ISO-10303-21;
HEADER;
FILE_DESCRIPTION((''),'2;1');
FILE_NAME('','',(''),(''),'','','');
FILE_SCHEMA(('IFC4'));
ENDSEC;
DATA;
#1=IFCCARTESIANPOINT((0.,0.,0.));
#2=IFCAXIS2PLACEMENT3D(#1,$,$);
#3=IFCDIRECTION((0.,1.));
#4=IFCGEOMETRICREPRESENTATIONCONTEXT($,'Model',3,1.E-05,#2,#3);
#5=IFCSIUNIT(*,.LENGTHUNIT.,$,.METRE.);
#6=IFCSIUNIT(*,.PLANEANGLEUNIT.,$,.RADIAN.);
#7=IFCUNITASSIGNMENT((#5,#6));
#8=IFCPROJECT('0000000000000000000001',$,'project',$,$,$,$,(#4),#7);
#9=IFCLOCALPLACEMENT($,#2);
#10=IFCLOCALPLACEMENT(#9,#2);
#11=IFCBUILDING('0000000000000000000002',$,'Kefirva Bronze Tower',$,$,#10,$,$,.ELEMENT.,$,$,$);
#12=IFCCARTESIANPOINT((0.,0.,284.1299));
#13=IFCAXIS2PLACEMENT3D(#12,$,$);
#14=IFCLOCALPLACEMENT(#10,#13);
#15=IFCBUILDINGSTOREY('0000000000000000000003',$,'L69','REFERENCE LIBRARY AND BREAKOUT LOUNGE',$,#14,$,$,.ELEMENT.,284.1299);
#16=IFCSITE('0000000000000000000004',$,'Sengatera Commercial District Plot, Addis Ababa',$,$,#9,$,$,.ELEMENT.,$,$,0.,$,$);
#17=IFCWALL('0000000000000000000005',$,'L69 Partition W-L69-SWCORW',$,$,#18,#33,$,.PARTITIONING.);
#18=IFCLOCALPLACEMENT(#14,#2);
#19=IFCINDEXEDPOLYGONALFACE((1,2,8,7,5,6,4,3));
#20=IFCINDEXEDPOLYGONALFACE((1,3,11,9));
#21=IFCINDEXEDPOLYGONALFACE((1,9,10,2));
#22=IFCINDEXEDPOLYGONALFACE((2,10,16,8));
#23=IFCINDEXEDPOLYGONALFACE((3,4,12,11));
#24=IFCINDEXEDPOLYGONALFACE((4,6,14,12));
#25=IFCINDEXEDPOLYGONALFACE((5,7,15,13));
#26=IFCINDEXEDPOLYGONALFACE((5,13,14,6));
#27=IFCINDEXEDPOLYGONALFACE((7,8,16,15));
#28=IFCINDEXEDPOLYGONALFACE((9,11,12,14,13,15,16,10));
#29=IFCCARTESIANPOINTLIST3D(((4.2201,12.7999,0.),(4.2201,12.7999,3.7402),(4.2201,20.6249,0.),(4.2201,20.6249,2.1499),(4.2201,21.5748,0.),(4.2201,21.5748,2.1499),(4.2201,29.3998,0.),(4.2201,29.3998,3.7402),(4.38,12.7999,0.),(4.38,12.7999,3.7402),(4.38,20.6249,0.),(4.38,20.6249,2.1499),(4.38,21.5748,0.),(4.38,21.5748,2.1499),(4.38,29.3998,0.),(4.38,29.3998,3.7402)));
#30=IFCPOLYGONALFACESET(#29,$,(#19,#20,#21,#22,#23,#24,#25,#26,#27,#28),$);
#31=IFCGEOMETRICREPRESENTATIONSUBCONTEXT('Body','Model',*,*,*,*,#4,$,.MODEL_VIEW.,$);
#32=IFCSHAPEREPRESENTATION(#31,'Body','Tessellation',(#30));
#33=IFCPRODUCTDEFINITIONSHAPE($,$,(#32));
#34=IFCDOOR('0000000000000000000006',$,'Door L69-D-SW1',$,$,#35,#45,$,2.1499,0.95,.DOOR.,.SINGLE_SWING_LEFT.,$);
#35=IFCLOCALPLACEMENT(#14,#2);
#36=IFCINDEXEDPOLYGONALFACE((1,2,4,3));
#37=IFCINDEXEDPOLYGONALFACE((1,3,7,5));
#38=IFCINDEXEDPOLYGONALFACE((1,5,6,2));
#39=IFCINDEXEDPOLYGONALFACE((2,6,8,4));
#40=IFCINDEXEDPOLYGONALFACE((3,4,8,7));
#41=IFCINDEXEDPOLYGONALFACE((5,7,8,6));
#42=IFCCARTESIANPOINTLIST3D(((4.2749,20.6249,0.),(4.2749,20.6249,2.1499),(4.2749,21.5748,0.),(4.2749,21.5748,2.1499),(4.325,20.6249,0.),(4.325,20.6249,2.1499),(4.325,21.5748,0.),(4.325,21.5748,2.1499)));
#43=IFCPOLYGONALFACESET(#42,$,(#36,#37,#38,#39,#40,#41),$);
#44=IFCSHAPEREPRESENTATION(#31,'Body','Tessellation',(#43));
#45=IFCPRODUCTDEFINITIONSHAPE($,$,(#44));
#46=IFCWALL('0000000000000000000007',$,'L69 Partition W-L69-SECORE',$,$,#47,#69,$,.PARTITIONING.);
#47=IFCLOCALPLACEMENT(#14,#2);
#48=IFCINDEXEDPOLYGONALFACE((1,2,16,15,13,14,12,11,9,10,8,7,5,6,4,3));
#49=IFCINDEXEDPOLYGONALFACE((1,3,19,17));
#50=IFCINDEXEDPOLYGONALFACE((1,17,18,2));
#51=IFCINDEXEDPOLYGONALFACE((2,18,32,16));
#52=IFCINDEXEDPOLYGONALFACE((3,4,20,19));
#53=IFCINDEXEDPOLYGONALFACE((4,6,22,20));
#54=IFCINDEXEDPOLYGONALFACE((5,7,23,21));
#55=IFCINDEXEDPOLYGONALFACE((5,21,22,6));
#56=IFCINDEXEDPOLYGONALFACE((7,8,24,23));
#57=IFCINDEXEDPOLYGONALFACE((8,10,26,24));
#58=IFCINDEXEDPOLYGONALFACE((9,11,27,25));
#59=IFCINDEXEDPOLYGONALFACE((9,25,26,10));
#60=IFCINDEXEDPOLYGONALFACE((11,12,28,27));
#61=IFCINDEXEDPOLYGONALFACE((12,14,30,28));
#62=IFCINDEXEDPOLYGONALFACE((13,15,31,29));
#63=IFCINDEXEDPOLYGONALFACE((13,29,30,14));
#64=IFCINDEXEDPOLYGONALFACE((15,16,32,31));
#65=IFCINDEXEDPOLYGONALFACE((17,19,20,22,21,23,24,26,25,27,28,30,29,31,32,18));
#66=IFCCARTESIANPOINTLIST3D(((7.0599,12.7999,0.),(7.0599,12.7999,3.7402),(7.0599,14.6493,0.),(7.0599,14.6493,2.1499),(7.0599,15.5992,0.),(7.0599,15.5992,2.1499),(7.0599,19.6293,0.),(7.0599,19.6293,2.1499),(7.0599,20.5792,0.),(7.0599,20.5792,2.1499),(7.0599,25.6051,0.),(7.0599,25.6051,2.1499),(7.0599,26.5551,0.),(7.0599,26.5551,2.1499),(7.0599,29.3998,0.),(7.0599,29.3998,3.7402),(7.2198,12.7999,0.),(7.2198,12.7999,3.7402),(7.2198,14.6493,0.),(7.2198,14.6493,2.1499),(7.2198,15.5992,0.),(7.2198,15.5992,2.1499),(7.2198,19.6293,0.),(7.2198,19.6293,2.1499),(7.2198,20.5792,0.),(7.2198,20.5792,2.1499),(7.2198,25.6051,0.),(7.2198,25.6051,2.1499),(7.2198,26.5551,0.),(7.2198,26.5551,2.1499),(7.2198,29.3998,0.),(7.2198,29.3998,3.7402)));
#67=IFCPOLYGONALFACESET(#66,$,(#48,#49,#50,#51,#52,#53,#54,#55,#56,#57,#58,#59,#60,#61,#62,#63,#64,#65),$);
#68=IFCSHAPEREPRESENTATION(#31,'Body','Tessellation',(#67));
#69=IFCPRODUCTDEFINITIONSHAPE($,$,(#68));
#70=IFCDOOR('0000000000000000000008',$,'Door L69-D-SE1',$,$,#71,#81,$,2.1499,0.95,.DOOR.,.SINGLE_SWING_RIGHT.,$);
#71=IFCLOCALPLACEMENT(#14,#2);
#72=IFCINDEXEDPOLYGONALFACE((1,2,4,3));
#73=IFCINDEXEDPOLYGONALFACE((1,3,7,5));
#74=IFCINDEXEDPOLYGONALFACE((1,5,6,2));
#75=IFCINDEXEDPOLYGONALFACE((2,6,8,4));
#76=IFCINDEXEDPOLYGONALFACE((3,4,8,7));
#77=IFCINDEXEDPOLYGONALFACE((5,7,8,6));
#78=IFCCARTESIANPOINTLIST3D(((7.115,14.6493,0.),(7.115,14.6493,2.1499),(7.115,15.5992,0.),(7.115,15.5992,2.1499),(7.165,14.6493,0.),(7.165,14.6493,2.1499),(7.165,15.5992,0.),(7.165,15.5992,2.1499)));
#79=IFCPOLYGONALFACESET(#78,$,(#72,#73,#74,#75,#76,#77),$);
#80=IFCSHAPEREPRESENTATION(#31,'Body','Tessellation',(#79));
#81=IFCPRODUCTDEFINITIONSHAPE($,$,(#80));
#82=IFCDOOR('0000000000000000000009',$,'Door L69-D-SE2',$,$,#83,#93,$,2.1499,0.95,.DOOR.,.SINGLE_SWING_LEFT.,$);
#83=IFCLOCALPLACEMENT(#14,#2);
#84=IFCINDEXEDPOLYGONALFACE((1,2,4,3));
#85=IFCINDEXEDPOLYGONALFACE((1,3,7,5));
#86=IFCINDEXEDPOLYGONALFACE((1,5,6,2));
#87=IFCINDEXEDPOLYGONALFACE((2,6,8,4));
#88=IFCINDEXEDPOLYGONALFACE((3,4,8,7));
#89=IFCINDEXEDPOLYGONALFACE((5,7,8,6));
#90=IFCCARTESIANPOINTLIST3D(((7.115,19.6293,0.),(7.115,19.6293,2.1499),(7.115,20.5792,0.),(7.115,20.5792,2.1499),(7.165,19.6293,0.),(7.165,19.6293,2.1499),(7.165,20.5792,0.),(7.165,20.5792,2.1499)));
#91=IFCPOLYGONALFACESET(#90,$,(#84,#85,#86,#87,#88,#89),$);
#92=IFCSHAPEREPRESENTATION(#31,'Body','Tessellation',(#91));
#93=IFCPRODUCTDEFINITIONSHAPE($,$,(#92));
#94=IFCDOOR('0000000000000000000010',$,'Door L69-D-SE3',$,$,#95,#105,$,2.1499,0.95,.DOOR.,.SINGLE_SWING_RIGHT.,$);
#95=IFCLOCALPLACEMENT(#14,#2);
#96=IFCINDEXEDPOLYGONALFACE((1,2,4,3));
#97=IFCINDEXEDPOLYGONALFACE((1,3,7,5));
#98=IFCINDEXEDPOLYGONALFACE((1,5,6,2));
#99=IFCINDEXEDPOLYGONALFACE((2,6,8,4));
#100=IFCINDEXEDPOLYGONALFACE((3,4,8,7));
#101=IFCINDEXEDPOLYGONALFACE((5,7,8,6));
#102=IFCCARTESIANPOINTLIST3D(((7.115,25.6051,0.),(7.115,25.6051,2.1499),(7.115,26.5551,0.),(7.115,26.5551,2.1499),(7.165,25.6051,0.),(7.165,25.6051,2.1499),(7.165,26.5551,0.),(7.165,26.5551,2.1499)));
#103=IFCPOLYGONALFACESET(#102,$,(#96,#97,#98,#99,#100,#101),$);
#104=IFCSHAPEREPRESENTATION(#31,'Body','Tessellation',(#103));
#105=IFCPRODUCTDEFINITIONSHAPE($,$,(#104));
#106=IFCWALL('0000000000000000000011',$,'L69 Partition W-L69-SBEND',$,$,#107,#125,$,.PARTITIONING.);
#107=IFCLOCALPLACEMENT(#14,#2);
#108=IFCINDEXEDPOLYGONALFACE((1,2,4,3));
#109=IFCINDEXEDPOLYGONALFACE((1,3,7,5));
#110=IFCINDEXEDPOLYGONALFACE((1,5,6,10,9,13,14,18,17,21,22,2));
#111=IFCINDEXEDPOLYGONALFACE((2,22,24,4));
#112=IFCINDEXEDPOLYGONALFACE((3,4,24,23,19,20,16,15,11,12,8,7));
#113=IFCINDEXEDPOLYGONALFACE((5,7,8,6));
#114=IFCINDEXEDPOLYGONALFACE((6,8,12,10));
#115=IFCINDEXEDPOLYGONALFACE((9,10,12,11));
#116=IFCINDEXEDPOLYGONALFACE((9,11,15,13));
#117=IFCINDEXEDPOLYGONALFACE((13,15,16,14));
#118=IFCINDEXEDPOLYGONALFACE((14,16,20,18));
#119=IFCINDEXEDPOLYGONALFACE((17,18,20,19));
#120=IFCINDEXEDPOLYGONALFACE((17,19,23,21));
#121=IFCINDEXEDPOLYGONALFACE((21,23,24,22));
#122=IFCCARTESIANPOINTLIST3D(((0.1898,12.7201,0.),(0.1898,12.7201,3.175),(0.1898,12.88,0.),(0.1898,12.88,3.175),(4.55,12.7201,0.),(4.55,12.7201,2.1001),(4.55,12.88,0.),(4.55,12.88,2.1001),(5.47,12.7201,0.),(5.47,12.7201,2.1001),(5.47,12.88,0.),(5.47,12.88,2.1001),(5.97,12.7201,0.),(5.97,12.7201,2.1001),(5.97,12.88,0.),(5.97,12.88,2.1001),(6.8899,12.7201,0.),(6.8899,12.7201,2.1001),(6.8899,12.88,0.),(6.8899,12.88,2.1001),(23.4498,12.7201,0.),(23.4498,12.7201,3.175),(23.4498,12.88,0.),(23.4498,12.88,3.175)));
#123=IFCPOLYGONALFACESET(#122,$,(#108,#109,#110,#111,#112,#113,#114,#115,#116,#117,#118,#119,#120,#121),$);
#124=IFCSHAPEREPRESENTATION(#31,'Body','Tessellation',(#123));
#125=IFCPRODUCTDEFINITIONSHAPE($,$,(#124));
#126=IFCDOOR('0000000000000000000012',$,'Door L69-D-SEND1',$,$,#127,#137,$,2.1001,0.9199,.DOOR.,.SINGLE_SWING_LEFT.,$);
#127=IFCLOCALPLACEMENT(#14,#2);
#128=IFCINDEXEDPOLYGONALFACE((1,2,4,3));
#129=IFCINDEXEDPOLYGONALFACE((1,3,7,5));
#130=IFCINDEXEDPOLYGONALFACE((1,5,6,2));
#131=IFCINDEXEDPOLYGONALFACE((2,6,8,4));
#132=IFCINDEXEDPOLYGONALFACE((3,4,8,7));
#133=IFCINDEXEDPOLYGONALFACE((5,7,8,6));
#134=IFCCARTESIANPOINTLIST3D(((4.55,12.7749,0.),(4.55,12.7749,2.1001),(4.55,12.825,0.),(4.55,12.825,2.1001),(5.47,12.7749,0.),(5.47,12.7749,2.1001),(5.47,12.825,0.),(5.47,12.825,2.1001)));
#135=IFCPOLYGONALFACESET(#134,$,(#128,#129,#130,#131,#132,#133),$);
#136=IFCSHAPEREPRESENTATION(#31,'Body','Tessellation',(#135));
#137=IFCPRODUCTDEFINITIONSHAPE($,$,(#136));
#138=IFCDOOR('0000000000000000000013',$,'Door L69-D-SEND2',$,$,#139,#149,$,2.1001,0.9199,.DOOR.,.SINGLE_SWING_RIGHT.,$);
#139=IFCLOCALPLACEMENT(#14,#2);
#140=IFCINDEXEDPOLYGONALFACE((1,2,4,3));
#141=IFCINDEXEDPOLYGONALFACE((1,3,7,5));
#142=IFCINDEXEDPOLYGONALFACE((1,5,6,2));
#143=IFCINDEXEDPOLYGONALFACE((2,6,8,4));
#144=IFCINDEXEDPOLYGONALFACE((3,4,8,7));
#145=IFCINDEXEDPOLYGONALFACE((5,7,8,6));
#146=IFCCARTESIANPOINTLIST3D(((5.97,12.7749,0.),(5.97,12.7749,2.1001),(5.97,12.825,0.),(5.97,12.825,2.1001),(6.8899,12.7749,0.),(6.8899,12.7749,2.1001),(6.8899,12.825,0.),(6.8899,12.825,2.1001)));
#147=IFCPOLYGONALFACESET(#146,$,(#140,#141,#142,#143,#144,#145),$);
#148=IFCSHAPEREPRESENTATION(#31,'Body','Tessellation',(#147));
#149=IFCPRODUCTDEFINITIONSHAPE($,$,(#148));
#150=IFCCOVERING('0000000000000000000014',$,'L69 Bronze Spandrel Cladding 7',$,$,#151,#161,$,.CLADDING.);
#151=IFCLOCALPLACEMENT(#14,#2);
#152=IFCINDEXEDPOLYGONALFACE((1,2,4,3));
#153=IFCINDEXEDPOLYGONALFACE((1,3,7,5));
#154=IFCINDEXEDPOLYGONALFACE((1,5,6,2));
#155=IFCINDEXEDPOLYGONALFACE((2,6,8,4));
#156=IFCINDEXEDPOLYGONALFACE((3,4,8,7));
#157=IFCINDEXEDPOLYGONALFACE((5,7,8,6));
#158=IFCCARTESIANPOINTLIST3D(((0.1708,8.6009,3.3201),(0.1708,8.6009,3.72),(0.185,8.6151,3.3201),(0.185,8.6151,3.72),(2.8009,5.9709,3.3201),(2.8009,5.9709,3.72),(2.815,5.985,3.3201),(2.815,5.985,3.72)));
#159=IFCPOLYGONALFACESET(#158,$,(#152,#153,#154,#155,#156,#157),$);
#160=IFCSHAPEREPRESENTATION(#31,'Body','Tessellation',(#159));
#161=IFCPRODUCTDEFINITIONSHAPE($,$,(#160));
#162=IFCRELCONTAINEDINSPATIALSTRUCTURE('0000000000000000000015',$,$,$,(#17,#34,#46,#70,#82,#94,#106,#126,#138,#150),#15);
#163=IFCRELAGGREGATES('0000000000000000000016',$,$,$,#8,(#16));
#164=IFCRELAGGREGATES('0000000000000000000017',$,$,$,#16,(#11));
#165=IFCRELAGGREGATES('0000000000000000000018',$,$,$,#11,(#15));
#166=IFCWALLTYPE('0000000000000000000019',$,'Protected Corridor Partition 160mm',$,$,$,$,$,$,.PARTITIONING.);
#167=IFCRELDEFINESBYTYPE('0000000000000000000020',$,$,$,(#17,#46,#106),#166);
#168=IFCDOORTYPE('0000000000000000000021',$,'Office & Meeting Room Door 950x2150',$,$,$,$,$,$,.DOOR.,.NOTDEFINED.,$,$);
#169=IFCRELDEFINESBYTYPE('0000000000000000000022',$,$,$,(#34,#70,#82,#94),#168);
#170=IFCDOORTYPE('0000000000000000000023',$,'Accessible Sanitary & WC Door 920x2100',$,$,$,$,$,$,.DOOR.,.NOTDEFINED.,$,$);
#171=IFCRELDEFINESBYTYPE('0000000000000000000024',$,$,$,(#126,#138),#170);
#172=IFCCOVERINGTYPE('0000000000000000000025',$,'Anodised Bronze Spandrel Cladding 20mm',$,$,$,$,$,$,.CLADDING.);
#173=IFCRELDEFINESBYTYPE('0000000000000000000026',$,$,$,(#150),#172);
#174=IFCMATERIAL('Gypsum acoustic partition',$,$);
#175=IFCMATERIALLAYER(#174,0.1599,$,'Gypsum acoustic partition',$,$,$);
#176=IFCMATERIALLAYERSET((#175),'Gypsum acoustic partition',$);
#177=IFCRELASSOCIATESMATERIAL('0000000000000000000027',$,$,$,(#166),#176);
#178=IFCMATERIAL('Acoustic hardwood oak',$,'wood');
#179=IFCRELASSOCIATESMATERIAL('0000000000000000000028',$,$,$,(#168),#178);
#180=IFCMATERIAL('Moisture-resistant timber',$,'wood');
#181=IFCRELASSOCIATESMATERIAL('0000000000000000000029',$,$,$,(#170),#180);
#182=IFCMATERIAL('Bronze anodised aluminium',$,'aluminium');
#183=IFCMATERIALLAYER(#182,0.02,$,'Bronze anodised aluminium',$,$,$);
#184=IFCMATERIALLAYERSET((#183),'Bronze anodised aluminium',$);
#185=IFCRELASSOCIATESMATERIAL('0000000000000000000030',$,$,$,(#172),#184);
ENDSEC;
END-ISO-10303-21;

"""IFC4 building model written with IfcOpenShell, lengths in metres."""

from ifc_helpers import new_model, si_unit, direction, frame, frame_2d, origin, origin_2d, place, context, subcontext, project, spatial, rectangle, extrude, material, layer, layer_set, type_object, element, fill, save


model = new_model("IFC4")

# Units and contexts
model_context = context("Model", 3, precision=1e-05, world=origin(), true_north=direction((0.0, 1.0)))
body_context = subcontext(model_context, "Body", "Model", "MODEL_VIEW")
ifc_project = project(units=[si_unit("LENGTHUNIT", "METRE"), si_unit("PLANEANGLEUNIT", "RADIAN")], contexts=[model_context])

# Site, building, storey
site_placement = place(None, origin())
site = spatial("IfcSite", under=ifc_project, at=site_placement, Name="Sengatera Commercial District Plot, Addis Ababa", CompositionType="ELEMENT", RefElevation=0.0)
building_placement = place(site_placement, origin())
building = spatial("IfcBuilding", under=site, at=building_placement, Name="Kefirva Bronze Tower", CompositionType="ELEMENT")
storey_placement = place(building_placement, frame((0.0, 0.0, 284.1299)))
storey = spatial("IfcBuildingStorey", under=building, at=storey_placement, Name="L69", Description="REFERENCE LIBRARY AND BREAKOUT LOUNGE", CompositionType="ELEMENT", Elevation=284.1299)

# Shared definitions
ifc_material_1 = material(Name="Bronze anodised aluminium", Category="aluminium")

# Shared definitions
ifc_material_2 = material(Name="Gypsum acoustic partition")

# Wall, opening, door
ifc_layer_1 = layer(ifc_material_2, 0.1599, Name="Gypsum acoustic partition")
ifc_layer_set_1 = layer_set([ifc_layer_1], Name="Gypsum acoustic partition")
wall_type_1 = type_object("IfcWallType", Name="Protected Corridor Partition 160mm", PredefinedType="PARTITIONING", material=ifc_layer_set_1)
wall_1_placement = place(storey_placement, frame((4.3, 12.8, 0.0), z_axis=(0.0, 0.0, 1.0), x_axis=(0.0, 1.0, 0.0)))
wall_1 = element("IfcWall", 1, at=wall_1_placement, inside=storey, type_object=wall_type_1, Name="L69 Partition W-L69-SWCORW", PredefinedType="PARTITIONING", context=body_context, shape_type="SweptSolid", body=[
    extrude(rectangle(XDim=16.5999, YDim=0.1599, at=frame_2d((8.2998, 0.0))), origin(), (0.0, 0.0, 1.0), 3.7402),
])
opening_1_placement = place(wall_1_placement, frame((8.7749, 0.0, 0.0), z_axis=(0.0, 0.0, 1.0), x_axis=(-1.0, 0.0, 0.0)))
opening_1 = element("IfcOpeningElement", 2, at=opening_1_placement, cuts=wall_1, PredefinedType="OPENING", context=body_context, shape_type="SweptSolid", body=[
    extrude(rectangle(XDim=0.95, YDim=2.1499, at=frame_2d((0.4751, 1.075))), frame((0.0, 0.0898, 0.0), z_axis=(0.0, -1.0, 0.0), x_axis=(1.0, 0.0, 0.0)), (0.0, 0.0, 1.0), 0.1799),
])
ifc_material_3 = material(Name="Acoustic hardwood oak", Category="wood")
door_type_1 = type_object("IfcDoorType", Name="Office & Meeting Room Door 950x2150", OperationType="NOTDEFINED", PredefinedType="DOOR", material=ifc_material_3)
door_1_placement = place(opening_1_placement, origin())
door_1 = element("IfcDoor", 3, at=door_1_placement, inside=storey, type_object=door_type_1, Name="Door L69-D-SW1", OperationType="SINGLE_SWING_LEFT", OverallHeight=2.1499, OverallWidth=0.95, PredefinedType="DOOR", context=body_context, shape_type="SweptSolid", body=[
    extrude(rectangle(XDim=0.95, YDim=2.1499, at=frame_2d((0.4751, 1.075))), frame((0.0, 0.0249, 0.0), z_axis=(0.0, -1.0, 0.0), x_axis=(1.0, 0.0, 0.0)), (0.0, 0.0, 1.0), 0.05),
])
fill(opening_1, door_1)

# Walls, openings, doors
wall_2_placement = place(storey_placement, frame((7.1399, 12.8, 0.0), z_axis=(0.0, 0.0, 1.0), x_axis=(0.0, 1.0, 0.0)))
wall_2 = element("IfcWall", 4, at=wall_2_placement, inside=storey, type_object=wall_type_1, Name="L69 Partition W-L69-SECORE", PredefinedType="PARTITIONING", context=body_context, shape_type="SweptSolid", body=[
    extrude(rectangle(XDim=16.5999, YDim=0.1599, at=frame_2d((8.2998, 0.0))), origin(), (0.0, 0.0, 1.0), 3.7402),
])
opening_2_placement = place(wall_2_placement, frame((1.8491, 0.0, 0.0)))
opening_2 = element("IfcOpeningElement", 5, at=opening_2_placement, cuts=wall_2, PredefinedType="OPENING", context=body_context, shape_type="SweptSolid", body=[
    extrude(rectangle(XDim=0.95, YDim=2.1499, at=frame_2d((0.4751, 1.075))), frame((0.0, 0.0898, 0.0), z_axis=(0.0, -1.0, 0.0), x_axis=(1.0, 0.0, 0.0)), (0.0, 0.0, 1.0), 0.1799),
])
opening_3_placement = place(wall_2_placement, frame((6.8291, 0.0, 0.0)))
opening_3 = element("IfcOpeningElement", 6, at=opening_3_placement, cuts=wall_2, PredefinedType="OPENING", context=body_context, shape_type="SweptSolid", body=[
    extrude(rectangle(XDim=0.95, YDim=2.1499, at=frame_2d((0.4751, 1.075))), frame((0.0, 0.0898, 0.0), z_axis=(0.0, -1.0, 0.0), x_axis=(1.0, 0.0, 0.0)), (0.0, 0.0, 1.0), 0.1799),
])
opening_4_placement = place(wall_2_placement, frame((12.8049, 0.0, 0.0)))
opening_4 = element("IfcOpeningElement", 7, at=opening_4_placement, cuts=wall_2, PredefinedType="OPENING", context=body_context, shape_type="SweptSolid", body=[
    extrude(rectangle(XDim=0.95, YDim=2.1499, at=frame_2d((0.4751, 1.075))), frame((0.0, 0.0898, 0.0), z_axis=(0.0, -1.0, 0.0), x_axis=(1.0, 0.0, 0.0)), (0.0, 0.0, 1.0), 0.1799),
])
door_2_placement = place(opening_2_placement, origin())
door_2 = element("IfcDoor", 8, at=door_2_placement, inside=storey, type_object=door_type_1, Name="Door L69-D-SE1", OperationType="SINGLE_SWING_RIGHT", OverallHeight=2.1499, OverallWidth=0.95, PredefinedType="DOOR", context=body_context, shape_type="SweptSolid", body=[
    extrude(rectangle(XDim=0.95, YDim=2.1499, at=frame_2d((0.4751, 1.075))), frame((0.0, 0.0249, 0.0), z_axis=(0.0, -1.0, 0.0), x_axis=(1.0, 0.0, 0.0)), (0.0, 0.0, 1.0), 0.05),
])
fill(opening_2, door_2)
door_3_placement = place(opening_3_placement, origin())
door_3 = element("IfcDoor", 9, at=door_3_placement, inside=storey, type_object=door_type_1, Name="Door L69-D-SE2", OperationType="SINGLE_SWING_LEFT", OverallHeight=2.1499, OverallWidth=0.95, PredefinedType="DOOR", context=body_context, shape_type="SweptSolid", body=[
    extrude(rectangle(XDim=0.95, YDim=2.1499, at=frame_2d((0.4751, 1.075))), frame((0.0, 0.0249, 0.0), z_axis=(0.0, -1.0, 0.0), x_axis=(1.0, 0.0, 0.0)), (0.0, 0.0, 1.0), 0.05),
])
fill(opening_3, door_3)
door_4_placement = place(opening_4_placement, origin())
door_4 = element("IfcDoor", 10, at=door_4_placement, inside=storey, type_object=door_type_1, Name="Door L69-D-SE3", OperationType="SINGLE_SWING_RIGHT", OverallHeight=2.1499, OverallWidth=0.95, PredefinedType="DOOR", context=body_context, shape_type="SweptSolid", body=[
    extrude(rectangle(XDim=0.95, YDim=2.1499, at=frame_2d((0.4751, 1.075))), frame((0.0, 0.0249, 0.0), z_axis=(0.0, -1.0, 0.0), x_axis=(1.0, 0.0, 0.0)), (0.0, 0.0, 1.0), 0.05),
])
fill(opening_4, door_4)
wall_3_placement = place(storey_placement, frame((0.1899, 12.8, 0.0), z_axis=(0.0, 0.0, 1.0), x_axis=(1.0, 0.0, 0.0)))
wall_3 = element("IfcWall", 11, at=wall_3_placement, inside=storey, type_object=wall_type_1, Name="L69 Partition W-L69-SBEND", PredefinedType="PARTITIONING", context=body_context, shape_type="SweptSolid", body=[
    extrude(rectangle(XDim=23.26, YDim=0.1599, at=frame_2d((11.6299, 0.0))), origin(), (0.0, 0.0, 1.0), 3.175),
])
opening_5_placement = place(wall_3_placement, frame((4.3601, 0.0, 0.0)))
opening_5 = element("IfcOpeningElement", 12, at=opening_5_placement, cuts=wall_3, PredefinedType="OPENING", context=body_context, shape_type="SweptSolid", body=[
    extrude(rectangle(XDim=0.9199, YDim=2.1001, at=frame_2d((0.46, 1.05))), frame((0.0, 0.0898, 0.0), z_axis=(0.0, -1.0, 0.0), x_axis=(1.0, 0.0, 0.0)), (0.0, 0.0, 1.0), 0.1799),
])
opening_6_placement = place(wall_3_placement, frame((5.78, 0.0, 0.0)))
opening_6 = element("IfcOpeningElement", 13, at=opening_6_placement, cuts=wall_3, PredefinedType="OPENING", context=body_context, shape_type="SweptSolid", body=[
    extrude(rectangle(XDim=0.9199, YDim=2.1001, at=frame_2d((0.46, 1.05))), frame((0.0, 0.0898, 0.0), z_axis=(0.0, -1.0, 0.0), x_axis=(1.0, 0.0, 0.0)), (0.0, 0.0, 1.0), 0.1799),
])
ifc_material_4 = material(Name="Moisture-resistant timber", Category="wood")
door_type_2 = type_object("IfcDoorType", Name="Accessible Sanitary & WC Door 920x2100", OperationType="NOTDEFINED", PredefinedType="DOOR", material=ifc_material_4)
door_5_placement = place(opening_5_placement, origin())
door_5 = element("IfcDoor", 14, at=door_5_placement, inside=storey, type_object=door_type_2, Name="Door L69-D-SEND1", OperationType="SINGLE_SWING_LEFT", OverallHeight=2.1001, OverallWidth=0.9199, PredefinedType="DOOR", context=body_context, shape_type="SweptSolid", body=[
    extrude(rectangle(XDim=0.9199, YDim=2.1001, at=frame_2d((0.46, 1.05))), frame((0.0, 0.0249, 0.0), z_axis=(0.0, -1.0, 0.0), x_axis=(1.0, 0.0, 0.0)), (0.0, 0.0, 1.0), 0.05),
])
fill(opening_5, door_5)
door_6_placement = place(opening_6_placement, origin())
door_6 = element("IfcDoor", 15, at=door_6_placement, inside=storey, type_object=door_type_2, Name="Door L69-D-SEND2", OperationType="SINGLE_SWING_RIGHT", OverallHeight=2.1001, OverallWidth=0.9199, PredefinedType="DOOR", context=body_context, shape_type="SweptSolid", body=[
    extrude(rectangle(XDim=0.9199, YDim=2.1001, at=frame_2d((0.46, 1.05))), frame((0.0, 0.0249, 0.0), z_axis=(0.0, -1.0, 0.0), x_axis=(1.0, 0.0, 0.0)), (0.0, 0.0, 1.0), 0.05),
])
fill(opening_6, door_6)

# Covering
ifc_layer_2 = layer(ifc_material_1, 0.02, Name="Bronze anodised aluminium")
ifc_layer_set_2 = layer_set([ifc_layer_2], Name="Bronze anodised aluminium")
covering_type_1 = type_object("IfcCoveringType", Name="Anodised Bronze Spandrel Cladding 20mm", PredefinedType="CLADDING", material=ifc_layer_set_2)
covering_1_placement = place(storey_placement, frame((1.4929, 7.293, 3.3201), z_axis=(0.0, 0.0, 1.0), x_axis=(0.707107, -0.707107, 0.0)))
element("IfcCovering", 16, at=covering_1_placement, inside=storey, type_object=covering_type_1, Name="L69 Bronze Spandrel Cladding 7", PredefinedType="CLADDING", context=body_context, shape_type="SweptSolid", body=[
    extrude(rectangle(XDim=3.7195, YDim=0.02, at=origin_2d()), origin(), (0.0, 0.0, 1.0), 0.3999),
])

save(model, "model.ifc")
